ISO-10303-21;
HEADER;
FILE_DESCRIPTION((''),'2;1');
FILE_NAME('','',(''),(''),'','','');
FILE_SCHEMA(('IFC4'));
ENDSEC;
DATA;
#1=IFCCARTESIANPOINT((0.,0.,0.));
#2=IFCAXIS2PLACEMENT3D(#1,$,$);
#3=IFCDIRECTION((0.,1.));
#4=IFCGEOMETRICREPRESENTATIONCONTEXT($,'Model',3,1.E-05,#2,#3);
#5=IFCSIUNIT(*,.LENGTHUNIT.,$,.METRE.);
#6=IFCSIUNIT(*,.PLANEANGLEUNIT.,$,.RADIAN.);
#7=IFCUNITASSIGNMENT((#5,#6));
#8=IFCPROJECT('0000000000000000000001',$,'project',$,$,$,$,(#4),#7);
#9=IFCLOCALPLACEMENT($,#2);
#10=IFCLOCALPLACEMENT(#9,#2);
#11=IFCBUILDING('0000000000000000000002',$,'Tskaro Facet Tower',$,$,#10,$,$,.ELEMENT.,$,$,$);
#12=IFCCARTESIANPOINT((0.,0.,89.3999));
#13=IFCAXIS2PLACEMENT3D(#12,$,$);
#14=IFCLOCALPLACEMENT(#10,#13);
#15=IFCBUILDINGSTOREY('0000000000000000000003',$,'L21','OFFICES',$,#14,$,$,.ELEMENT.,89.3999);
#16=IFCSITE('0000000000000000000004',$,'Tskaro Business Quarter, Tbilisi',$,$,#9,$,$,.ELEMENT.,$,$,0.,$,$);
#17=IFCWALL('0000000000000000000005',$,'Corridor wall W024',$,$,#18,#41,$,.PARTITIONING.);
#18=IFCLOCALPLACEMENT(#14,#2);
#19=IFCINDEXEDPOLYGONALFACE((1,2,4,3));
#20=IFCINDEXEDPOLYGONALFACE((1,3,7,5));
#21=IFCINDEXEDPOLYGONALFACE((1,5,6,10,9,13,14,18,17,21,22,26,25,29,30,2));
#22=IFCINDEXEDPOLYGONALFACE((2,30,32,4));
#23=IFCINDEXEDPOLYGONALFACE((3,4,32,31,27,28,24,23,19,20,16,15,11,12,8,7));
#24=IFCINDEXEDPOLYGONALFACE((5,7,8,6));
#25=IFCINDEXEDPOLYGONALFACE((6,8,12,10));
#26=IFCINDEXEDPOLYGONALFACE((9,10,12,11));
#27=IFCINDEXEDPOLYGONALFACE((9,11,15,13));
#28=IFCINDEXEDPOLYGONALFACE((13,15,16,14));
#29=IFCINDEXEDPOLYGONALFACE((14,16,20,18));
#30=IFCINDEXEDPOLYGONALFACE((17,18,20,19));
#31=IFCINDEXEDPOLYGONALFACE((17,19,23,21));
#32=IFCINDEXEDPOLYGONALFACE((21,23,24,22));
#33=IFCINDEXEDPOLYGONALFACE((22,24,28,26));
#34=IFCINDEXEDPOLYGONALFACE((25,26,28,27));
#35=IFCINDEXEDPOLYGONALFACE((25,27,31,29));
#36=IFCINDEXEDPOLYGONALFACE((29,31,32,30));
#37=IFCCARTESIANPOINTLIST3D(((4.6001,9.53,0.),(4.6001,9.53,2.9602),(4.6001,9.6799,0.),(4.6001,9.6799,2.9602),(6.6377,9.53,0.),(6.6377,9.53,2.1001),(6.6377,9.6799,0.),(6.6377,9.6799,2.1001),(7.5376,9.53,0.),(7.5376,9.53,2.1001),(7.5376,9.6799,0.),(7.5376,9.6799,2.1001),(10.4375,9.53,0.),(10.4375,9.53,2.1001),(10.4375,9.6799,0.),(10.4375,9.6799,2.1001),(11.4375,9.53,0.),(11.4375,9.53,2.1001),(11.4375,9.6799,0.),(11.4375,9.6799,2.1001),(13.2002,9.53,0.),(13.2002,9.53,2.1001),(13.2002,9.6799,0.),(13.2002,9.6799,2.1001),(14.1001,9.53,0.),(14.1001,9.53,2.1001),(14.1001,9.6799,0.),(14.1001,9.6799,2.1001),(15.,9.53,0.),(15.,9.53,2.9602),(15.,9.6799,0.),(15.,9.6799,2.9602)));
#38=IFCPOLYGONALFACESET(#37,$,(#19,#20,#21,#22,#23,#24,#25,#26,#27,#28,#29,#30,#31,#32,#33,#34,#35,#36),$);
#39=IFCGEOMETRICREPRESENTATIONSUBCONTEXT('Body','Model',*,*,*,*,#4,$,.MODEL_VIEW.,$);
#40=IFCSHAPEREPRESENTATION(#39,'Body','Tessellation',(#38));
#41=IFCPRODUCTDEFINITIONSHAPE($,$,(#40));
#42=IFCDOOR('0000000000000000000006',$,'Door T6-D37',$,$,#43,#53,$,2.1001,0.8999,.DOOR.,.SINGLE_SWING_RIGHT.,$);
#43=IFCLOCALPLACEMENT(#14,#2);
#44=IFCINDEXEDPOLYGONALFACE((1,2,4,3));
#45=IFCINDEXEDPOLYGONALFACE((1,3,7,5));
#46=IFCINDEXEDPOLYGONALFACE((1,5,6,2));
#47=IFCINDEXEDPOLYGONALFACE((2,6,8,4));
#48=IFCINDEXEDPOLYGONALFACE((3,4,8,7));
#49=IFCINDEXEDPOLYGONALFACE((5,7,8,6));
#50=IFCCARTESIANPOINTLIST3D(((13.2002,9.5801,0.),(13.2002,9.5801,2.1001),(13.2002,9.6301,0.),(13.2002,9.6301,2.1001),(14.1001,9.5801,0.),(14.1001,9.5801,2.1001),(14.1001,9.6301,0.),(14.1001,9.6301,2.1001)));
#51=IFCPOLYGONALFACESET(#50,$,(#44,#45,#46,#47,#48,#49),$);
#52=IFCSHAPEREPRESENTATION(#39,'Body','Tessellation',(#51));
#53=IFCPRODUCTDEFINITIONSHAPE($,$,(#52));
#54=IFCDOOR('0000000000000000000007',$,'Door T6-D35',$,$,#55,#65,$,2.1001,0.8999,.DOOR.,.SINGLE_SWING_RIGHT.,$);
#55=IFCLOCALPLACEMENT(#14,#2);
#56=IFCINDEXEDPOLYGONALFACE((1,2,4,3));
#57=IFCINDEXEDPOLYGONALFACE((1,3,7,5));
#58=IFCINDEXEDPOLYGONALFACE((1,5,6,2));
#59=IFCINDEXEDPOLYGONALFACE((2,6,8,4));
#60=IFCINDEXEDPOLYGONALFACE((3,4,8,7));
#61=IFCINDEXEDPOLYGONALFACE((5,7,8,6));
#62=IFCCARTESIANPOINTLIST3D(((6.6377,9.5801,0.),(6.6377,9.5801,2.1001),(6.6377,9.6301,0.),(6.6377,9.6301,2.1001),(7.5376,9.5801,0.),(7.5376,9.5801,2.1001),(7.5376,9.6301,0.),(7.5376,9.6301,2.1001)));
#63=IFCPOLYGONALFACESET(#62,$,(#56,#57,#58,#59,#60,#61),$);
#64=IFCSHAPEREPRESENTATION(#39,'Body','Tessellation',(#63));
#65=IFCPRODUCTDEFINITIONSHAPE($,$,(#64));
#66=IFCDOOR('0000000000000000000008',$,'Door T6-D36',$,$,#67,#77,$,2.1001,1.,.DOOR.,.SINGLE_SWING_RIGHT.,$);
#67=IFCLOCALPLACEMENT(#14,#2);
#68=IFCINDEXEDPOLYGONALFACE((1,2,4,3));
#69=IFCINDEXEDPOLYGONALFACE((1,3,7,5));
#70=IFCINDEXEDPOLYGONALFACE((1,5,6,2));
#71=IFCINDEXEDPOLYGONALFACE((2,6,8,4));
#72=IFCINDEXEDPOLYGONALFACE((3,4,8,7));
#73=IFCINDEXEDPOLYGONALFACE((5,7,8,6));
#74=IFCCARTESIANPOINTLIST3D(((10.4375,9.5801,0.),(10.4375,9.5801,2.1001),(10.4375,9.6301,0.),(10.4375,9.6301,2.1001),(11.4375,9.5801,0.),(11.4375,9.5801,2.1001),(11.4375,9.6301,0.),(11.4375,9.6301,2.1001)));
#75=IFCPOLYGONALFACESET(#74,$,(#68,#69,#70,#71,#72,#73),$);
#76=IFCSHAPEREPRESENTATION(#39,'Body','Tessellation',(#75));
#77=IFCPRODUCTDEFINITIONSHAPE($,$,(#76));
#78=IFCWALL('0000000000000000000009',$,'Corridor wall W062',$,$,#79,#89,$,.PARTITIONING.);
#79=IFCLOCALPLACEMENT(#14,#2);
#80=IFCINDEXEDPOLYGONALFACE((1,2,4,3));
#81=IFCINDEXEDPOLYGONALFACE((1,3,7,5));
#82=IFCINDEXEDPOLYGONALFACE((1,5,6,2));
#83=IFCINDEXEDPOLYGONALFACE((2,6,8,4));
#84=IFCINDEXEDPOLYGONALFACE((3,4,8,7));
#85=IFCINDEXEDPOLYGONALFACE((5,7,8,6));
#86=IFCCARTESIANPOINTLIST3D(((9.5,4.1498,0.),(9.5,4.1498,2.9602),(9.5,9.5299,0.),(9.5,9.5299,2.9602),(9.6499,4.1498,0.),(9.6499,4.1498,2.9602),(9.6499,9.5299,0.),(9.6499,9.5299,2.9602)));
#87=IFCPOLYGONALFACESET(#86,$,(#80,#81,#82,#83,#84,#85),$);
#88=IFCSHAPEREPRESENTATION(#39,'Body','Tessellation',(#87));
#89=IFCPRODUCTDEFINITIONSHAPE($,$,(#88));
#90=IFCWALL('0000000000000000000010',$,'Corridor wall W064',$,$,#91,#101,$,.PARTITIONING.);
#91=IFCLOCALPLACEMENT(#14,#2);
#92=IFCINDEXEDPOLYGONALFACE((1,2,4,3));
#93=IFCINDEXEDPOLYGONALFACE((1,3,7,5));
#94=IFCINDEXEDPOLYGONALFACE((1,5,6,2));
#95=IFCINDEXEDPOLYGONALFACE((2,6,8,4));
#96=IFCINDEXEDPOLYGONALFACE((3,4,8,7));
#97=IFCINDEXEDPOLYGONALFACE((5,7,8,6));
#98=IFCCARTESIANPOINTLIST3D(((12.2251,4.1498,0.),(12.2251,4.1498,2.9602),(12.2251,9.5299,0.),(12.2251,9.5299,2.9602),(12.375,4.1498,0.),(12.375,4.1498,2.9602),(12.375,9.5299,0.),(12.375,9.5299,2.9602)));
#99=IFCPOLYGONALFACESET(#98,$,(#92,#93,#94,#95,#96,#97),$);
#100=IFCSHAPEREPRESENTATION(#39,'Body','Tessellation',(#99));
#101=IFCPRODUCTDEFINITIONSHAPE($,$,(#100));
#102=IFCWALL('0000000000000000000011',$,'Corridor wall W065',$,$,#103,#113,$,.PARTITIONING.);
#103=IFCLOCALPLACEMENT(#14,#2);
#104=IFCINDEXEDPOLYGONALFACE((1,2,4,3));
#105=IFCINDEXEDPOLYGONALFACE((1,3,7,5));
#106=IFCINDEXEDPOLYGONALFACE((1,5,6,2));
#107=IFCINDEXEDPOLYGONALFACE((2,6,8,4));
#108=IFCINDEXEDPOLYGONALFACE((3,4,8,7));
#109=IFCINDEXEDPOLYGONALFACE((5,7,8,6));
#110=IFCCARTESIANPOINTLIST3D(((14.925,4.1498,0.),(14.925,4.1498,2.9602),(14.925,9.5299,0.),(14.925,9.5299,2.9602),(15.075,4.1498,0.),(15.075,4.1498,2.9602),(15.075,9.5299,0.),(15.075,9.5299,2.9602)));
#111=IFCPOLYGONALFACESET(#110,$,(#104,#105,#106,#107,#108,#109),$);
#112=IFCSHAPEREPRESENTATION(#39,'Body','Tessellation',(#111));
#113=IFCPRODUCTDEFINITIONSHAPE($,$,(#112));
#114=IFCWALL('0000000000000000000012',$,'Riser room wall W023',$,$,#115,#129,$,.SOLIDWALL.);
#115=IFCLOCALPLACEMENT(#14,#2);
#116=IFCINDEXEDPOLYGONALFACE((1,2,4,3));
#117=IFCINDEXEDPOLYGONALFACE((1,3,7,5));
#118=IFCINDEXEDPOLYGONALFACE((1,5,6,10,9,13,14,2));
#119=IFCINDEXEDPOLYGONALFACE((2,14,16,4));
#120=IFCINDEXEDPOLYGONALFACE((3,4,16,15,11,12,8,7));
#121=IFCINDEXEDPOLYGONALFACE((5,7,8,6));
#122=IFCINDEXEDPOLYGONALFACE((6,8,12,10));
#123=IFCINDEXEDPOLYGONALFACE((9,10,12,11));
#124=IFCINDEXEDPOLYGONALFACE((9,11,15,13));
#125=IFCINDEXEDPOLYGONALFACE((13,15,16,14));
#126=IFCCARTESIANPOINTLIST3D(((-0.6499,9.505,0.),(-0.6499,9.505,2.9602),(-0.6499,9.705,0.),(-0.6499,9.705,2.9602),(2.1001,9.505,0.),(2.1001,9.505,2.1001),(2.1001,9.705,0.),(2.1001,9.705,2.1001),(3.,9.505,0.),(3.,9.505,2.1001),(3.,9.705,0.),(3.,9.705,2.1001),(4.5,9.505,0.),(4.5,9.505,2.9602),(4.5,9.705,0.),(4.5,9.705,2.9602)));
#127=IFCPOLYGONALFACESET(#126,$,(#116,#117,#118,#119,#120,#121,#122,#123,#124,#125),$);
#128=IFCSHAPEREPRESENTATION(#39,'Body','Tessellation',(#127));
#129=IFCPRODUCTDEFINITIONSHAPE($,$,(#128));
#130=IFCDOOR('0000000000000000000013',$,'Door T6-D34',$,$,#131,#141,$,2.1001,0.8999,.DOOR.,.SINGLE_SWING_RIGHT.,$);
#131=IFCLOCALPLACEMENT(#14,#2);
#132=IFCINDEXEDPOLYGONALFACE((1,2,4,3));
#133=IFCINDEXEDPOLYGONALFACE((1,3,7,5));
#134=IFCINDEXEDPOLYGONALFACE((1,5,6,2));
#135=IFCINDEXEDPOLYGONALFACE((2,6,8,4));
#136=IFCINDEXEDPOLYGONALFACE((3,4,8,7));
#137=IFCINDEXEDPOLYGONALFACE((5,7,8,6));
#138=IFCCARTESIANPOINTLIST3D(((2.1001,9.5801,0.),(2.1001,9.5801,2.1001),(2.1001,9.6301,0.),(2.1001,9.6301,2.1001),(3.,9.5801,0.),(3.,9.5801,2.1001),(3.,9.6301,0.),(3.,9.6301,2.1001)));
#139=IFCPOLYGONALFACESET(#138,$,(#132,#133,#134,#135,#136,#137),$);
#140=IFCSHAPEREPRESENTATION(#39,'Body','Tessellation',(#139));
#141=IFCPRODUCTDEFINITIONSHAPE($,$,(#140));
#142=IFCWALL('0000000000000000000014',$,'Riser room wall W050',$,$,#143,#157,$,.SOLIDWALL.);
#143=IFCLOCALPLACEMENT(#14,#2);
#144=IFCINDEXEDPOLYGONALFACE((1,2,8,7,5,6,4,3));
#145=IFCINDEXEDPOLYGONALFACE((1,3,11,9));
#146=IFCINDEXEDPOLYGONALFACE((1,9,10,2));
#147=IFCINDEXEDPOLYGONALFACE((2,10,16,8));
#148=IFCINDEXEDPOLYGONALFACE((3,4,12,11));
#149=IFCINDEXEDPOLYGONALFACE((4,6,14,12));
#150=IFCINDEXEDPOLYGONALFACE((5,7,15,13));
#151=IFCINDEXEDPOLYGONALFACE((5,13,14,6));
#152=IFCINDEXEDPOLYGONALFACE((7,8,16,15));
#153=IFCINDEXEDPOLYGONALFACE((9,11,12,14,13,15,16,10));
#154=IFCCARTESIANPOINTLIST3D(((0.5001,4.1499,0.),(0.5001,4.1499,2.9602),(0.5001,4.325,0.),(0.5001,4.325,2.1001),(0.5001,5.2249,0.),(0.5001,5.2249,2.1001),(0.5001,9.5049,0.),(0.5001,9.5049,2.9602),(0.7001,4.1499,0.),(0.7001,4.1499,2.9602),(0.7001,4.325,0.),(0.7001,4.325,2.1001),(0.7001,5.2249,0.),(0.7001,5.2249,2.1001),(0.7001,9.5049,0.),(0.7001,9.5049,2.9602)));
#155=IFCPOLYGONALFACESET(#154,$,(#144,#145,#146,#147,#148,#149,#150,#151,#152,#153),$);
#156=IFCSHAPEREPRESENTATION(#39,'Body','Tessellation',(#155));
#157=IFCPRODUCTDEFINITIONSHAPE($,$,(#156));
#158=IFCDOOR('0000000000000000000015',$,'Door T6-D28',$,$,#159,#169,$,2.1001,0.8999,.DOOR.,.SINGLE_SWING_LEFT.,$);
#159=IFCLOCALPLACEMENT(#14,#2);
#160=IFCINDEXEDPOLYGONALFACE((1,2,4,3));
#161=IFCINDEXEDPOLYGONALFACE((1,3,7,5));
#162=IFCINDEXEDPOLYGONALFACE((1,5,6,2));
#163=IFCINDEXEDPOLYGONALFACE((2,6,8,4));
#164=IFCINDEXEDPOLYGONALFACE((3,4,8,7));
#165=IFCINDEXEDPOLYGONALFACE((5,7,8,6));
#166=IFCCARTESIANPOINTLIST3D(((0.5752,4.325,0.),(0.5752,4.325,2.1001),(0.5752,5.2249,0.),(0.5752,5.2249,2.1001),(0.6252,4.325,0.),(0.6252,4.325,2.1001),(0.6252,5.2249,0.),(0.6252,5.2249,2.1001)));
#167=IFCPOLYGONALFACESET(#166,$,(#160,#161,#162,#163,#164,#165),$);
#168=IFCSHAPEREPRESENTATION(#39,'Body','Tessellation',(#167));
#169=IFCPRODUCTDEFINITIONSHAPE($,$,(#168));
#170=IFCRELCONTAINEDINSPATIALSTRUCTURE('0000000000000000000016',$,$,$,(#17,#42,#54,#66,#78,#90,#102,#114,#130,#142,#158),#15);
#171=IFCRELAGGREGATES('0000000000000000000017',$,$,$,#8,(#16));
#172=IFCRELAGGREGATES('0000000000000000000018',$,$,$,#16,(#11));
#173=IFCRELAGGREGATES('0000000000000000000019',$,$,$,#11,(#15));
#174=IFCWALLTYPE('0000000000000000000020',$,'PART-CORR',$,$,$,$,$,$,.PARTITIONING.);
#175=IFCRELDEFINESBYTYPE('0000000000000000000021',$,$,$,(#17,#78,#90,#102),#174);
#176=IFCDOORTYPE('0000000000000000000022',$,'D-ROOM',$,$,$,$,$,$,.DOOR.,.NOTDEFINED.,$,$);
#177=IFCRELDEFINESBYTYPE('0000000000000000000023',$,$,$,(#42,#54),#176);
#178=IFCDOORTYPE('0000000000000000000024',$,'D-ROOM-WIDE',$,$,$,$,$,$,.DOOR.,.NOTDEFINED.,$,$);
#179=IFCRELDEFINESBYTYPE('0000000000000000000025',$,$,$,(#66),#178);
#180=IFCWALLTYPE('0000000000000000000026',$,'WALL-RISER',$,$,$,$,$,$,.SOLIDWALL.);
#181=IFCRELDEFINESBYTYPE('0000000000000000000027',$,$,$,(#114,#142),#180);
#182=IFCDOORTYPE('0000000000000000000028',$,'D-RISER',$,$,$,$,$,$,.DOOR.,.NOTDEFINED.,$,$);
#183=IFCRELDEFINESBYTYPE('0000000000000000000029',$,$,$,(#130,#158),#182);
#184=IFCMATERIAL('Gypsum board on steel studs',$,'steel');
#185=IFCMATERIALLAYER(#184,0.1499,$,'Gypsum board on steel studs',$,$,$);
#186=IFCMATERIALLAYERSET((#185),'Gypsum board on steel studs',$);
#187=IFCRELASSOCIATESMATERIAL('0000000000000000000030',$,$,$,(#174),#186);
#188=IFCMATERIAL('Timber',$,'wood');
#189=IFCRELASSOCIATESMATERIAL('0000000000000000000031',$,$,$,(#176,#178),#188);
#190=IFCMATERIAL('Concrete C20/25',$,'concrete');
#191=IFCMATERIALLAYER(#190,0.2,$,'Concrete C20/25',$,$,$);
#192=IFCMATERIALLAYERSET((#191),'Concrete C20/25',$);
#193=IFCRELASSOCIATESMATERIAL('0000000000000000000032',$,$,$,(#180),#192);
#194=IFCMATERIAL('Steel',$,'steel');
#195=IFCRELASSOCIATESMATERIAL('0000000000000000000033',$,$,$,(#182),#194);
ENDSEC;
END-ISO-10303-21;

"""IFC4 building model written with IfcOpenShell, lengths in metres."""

from ifc_helpers import new_model, si_unit, direction, frame, frame_2d, origin, place, context, subcontext, project, spatial, rectangle, extrude, material, layer, layer_set, type_object, element, fill, save


model = new_model("IFC4")

# Units and contexts
model_context = context("Model", 3, precision=1e-05, world=origin(), true_north=direction((0.0, 1.0)))
body_context = subcontext(model_context, "Body", "Model", "MODEL_VIEW")
ifc_project = project(units=[si_unit("LENGTHUNIT", "METRE"), si_unit("PLANEANGLEUNIT", "RADIAN")], contexts=[model_context])

# Site, building, storey
site_placement = place(None, origin())
site = spatial("IfcSite", under=ifc_project, at=site_placement, Name="Tskaro Business Quarter, Tbilisi", CompositionType="ELEMENT", RefElevation=0.0)
building_placement = place(site_placement, origin())
building = spatial("IfcBuilding", under=site, at=building_placement, Name="Tskaro Facet Tower", CompositionType="ELEMENT")
storey_placement = place(building_placement, frame((0.0, 0.0, 89.3999)))
storey = spatial("IfcBuildingStorey", under=building, at=storey_placement, Name="L21", Description="OFFICES", CompositionType="ELEMENT", Elevation=89.3999)

# Shared definitions
ifc_material_1 = material(Name="Concrete C20/25", Category="concrete")

# Wall, openings, doors
ifc_material_2 = material(Name="Gypsum board on steel studs", Category="steel")
ifc_layer_1 = layer(ifc_material_2, 0.1499, Name="Gypsum board on steel studs")
ifc_layer_set_1 = layer_set([ifc_layer_1], Name="Gypsum board on steel studs")
wall_type_1 = type_object("IfcWallType", Name="PART-CORR", PredefinedType="PARTITIONING", material=ifc_layer_set_1)
wall_1_placement = place(storey_placement, frame((15.0, 9.605, 0.0), z_axis=(0.0, 0.0, 1.0), x_axis=(-1.0, 0.0, 0.0)))
wall_1 = element("IfcWall", 1, at=wall_1_placement, inside=storey, type_object=wall_type_1, Name="Corridor wall W024", PredefinedType="PARTITIONING", context=body_context, shape_type="SweptSolid", body=[
    extrude(rectangle(XDim=10.3999, YDim=0.1499, at=frame_2d((5.2, 0.0))), origin(), (0.0, 0.0, 1.0), 2.9602),
])
opening_1_placement = place(wall_1_placement, frame((0.8999, 0.0, 0.0)))
opening_1 = element("IfcOpeningElement", 2, at=opening_1_placement, cuts=wall_1, PredefinedType="OPENING", context=body_context, shape_type="SweptSolid", body=[
    extrude(rectangle(XDim=0.8999, YDim=2.1001, at=frame_2d((0.45, 1.05))), frame((0.0, 0.085, 0.0), z_axis=(0.0, -1.0, 0.0), x_axis=(1.0, 0.0, 0.0)), (0.0, 0.0, 1.0), 0.1699),
])
opening_2_placement = place(wall_1_placement, frame((7.4624, 0.0, 0.0)))
opening_2 = element("IfcOpeningElement", 3, at=opening_2_placement, cuts=wall_1, PredefinedType="OPENING", context=body_context, shape_type="SweptSolid", body=[
    extrude(rectangle(XDim=0.8999, YDim=2.1001, at=frame_2d((0.45, 1.05))), frame((0.0, 0.085, 0.0), z_axis=(0.0, -1.0, 0.0), x_axis=(1.0, 0.0, 0.0)), (0.0, 0.0, 1.0), 0.1699),
])
opening_3_placement = place(wall_1_placement, frame((3.5625, 0.0, 0.0)))
opening_3 = element("IfcOpeningElement", 4, at=opening_3_placement, cuts=wall_1, PredefinedType="OPENING", context=body_context, shape_type="SweptSolid", body=[
    extrude(rectangle(XDim=1.0, YDim=2.1001, at=frame_2d((0.5, 1.05))), frame((0.0, 0.085, 0.0), z_axis=(0.0, -1.0, 0.0), x_axis=(1.0, 0.0, 0.0)), (0.0, 0.0, 1.0), 0.1699),
])
ifc_material_3 = material(Name="Timber", Category="wood")
door_type_1 = type_object("IfcDoorType", Name="D-ROOM", OperationType="NOTDEFINED", PredefinedType="DOOR", material=ifc_material_3)
door_1_placement = place(opening_1_placement, origin())
door_1 = element("IfcDoor", 5, at=door_1_placement, inside=storey, type_object=door_type_1, Name="Door T6-D37", OperationType="SINGLE_SWING_RIGHT", OverallHeight=2.1001, OverallWidth=0.8999, PredefinedType="DOOR", context=body_context, shape_type="SweptSolid", body=[
    extrude(rectangle(XDim=0.8999, YDim=2.1001, at=frame_2d((0.45, 1.05))), frame((0.0, 0.0249, 0.0), z_axis=(0.0, -1.0, 0.0), x_axis=(1.0, 0.0, 0.0)), (0.0, 0.0, 1.0), 0.05),
])
fill(opening_1, door_1)
door_2_placement = place(opening_2_placement, origin())
door_2 = element("IfcDoor", 6, at=door_2_placement, inside=storey, type_object=door_type_1, Name="Door T6-D35", OperationType="SINGLE_SWING_RIGHT", OverallHeight=2.1001, OverallWidth=0.8999, PredefinedType="DOOR", context=body_context, shape_type="SweptSolid", body=[
    extrude(rectangle(XDim=0.8999, YDim=2.1001, at=frame_2d((0.45, 1.05))), frame((0.0, 0.0249, 0.0), z_axis=(0.0, -1.0, 0.0), x_axis=(1.0, 0.0, 0.0)), (0.0, 0.0, 1.0), 0.05),
])
fill(opening_2, door_2)
door_type_2 = type_object("IfcDoorType", Name="D-ROOM-WIDE", OperationType="NOTDEFINED", PredefinedType="DOOR", material=ifc_material_3)
door_3_placement = place(opening_3_placement, origin())
door_3 = element("IfcDoor", 7, at=door_3_placement, inside=storey, type_object=door_type_2, Name="Door T6-D36", OperationType="SINGLE_SWING_RIGHT", OverallHeight=2.1001, OverallWidth=1.0, PredefinedType="DOOR", context=body_context, shape_type="SweptSolid", body=[
    extrude(rectangle(XDim=1.0, YDim=2.1001, at=frame_2d((0.5, 1.05))), frame((0.0, 0.0249, 0.0), z_axis=(0.0, -1.0, 0.0), x_axis=(1.0, 0.0, 0.0)), (0.0, 0.0, 1.0), 0.05),
])
fill(opening_3, door_3)

# Walls
for number, where, z_axis, x_axis, name in (
    (8, (9.575, 4.1499, 0.0), (0.0, 0.0, 1.0), (0.0, 1.0, 0.0), "Corridor wall W062"),
    (9, (12.3, 4.1499, 0.0), (0.0, 0.0, 1.0), (0.0, 1.0, 0.0), "Corridor wall W064"),
    (10, (15.0, 4.1499, 0.0), (0.0, 0.0, 1.0), (0.0, 1.0, 0.0), "Corridor wall W065"),
):
    element("IfcWall", number, at=place(storey_placement, frame(where, z_axis=z_axis, x_axis=x_axis)), inside=storey, type_object=wall_type_1, Name=name, PredefinedType="PARTITIONING", context=body_context, shape_type="SweptSolid", body=[
        extrude(rectangle(XDim=5.3801, YDim=0.1499, at=frame_2d((2.6899, 0.0))), origin(), (0.0, 0.0, 1.0), 2.9602),
    ])

# Walls, openings, doors
ifc_layer_2 = layer(ifc_material_1, 0.2, Name="Concrete C20/25")
ifc_layer_set_2 = layer_set([ifc_layer_2], Name="Concrete C20/25")
wall_type_2 = type_object("IfcWallType", Name="WALL-RISER", PredefinedType="SOLIDWALL", material=ifc_layer_set_2)
wall_2_placement = place(storey_placement, frame((4.5, 9.605, 0.0), z_axis=(0.0, 0.0, 1.0), x_axis=(-1.0, 0.0, 0.0)))
wall_2 = element("IfcWall", 11, at=wall_2_placement, inside=storey, type_object=wall_type_2, Name="Riser room wall W023", PredefinedType="SOLIDWALL", context=body_context, shape_type="SweptSolid", body=[
    extrude(rectangle(XDim=5.1499, YDim=0.2, at=frame_2d((2.575, 0.0))), origin(), (0.0, 0.0, 1.0), 2.9602),
])
opening_4_placement = place(wall_2_placement, frame((1.5, 0.0, 0.0)))
opening_4 = element("IfcOpeningElement", 12, at=opening_4_placement, cuts=wall_2, PredefinedType="OPENING", context=body_context, shape_type="SweptSolid", body=[
    extrude(rectangle(XDim=0.8999, YDim=2.1001, at=frame_2d((0.45, 1.05))), frame((0.0, 0.1099, 0.0), z_axis=(0.0, -1.0, 0.0), x_axis=(1.0, 0.0, 0.0)), (0.0, 0.0, 1.0), 0.22),
])
ifc_material_4 = material(Name="Steel", Category="steel")
door_type_3 = type_object("IfcDoorType", Name="D-RISER", OperationType="NOTDEFINED", PredefinedType="DOOR", material=ifc_material_4)
door_4_placement = place(opening_4_placement, origin())
door_4 = element("IfcDoor", 13, at=door_4_placement, inside=storey, type_object=door_type_3, Name="Door T6-D34", OperationType="SINGLE_SWING_RIGHT", OverallHeight=2.1001, OverallWidth=0.8999, PredefinedType="DOOR", context=body_context, shape_type="SweptSolid", body=[
    extrude(rectangle(XDim=0.8999, YDim=2.1001, at=frame_2d((0.45, 1.05))), frame((0.0, 0.0249, 0.0), z_axis=(0.0, -1.0, 0.0), x_axis=(1.0, 0.0, 0.0)), (0.0, 0.0, 1.0), 0.05),
])
fill(opening_4, door_4)
wall_3_placement = place(storey_placement, frame((0.6001, 4.1499, 0.0), z_axis=(0.0, 0.0, 1.0), x_axis=(0.0, 1.0, 0.0)))
wall_3 = element("IfcWall", 14, at=wall_3_placement, inside=storey, type_object=wall_type_2, Name="Riser room wall W050", PredefinedType="SOLIDWALL", context=body_context, shape_type="SweptSolid", body=[
    extrude(rectangle(XDim=5.355, YDim=0.2, at=frame_2d((2.6775, 0.0))), origin(), (0.0, 0.0, 1.0), 2.9602),
])
opening_5_placement = place(wall_3_placement, frame((0.175, 0.0, 0.0)))
opening_5 = element("IfcOpeningElement", 15, at=opening_5_placement, cuts=wall_3, PredefinedType="OPENING", context=body_context, shape_type="SweptSolid", body=[
    extrude(rectangle(XDim=0.8999, YDim=2.1001, at=frame_2d((0.45, 1.05))), frame((0.0, 0.1099, 0.0), z_axis=(0.0, -1.0, 0.0), x_axis=(1.0, 0.0, 0.0)), (0.0, 0.0, 1.0), 0.22),
])
door_5_placement = place(opening_5_placement, origin())
door_5 = element("IfcDoor", 16, at=door_5_placement, inside=storey, type_object=door_type_3, Name="Door T6-D28", OperationType="SINGLE_SWING_LEFT", OverallHeight=2.1001, OverallWidth=0.8999, PredefinedType="DOOR", context=body_context, shape_type="SweptSolid", body=[
    extrude(rectangle(XDim=0.8999, YDim=2.1001, at=frame_2d((0.45, 1.05))), frame((0.0, 0.0249, 0.0), z_axis=(0.0, -1.0, 0.0), x_axis=(1.0, 0.0, 0.0)), (0.0, 0.0, 1.0), 0.05),
])
fill(opening_5, door_5)

save(model, "model.ifc")
